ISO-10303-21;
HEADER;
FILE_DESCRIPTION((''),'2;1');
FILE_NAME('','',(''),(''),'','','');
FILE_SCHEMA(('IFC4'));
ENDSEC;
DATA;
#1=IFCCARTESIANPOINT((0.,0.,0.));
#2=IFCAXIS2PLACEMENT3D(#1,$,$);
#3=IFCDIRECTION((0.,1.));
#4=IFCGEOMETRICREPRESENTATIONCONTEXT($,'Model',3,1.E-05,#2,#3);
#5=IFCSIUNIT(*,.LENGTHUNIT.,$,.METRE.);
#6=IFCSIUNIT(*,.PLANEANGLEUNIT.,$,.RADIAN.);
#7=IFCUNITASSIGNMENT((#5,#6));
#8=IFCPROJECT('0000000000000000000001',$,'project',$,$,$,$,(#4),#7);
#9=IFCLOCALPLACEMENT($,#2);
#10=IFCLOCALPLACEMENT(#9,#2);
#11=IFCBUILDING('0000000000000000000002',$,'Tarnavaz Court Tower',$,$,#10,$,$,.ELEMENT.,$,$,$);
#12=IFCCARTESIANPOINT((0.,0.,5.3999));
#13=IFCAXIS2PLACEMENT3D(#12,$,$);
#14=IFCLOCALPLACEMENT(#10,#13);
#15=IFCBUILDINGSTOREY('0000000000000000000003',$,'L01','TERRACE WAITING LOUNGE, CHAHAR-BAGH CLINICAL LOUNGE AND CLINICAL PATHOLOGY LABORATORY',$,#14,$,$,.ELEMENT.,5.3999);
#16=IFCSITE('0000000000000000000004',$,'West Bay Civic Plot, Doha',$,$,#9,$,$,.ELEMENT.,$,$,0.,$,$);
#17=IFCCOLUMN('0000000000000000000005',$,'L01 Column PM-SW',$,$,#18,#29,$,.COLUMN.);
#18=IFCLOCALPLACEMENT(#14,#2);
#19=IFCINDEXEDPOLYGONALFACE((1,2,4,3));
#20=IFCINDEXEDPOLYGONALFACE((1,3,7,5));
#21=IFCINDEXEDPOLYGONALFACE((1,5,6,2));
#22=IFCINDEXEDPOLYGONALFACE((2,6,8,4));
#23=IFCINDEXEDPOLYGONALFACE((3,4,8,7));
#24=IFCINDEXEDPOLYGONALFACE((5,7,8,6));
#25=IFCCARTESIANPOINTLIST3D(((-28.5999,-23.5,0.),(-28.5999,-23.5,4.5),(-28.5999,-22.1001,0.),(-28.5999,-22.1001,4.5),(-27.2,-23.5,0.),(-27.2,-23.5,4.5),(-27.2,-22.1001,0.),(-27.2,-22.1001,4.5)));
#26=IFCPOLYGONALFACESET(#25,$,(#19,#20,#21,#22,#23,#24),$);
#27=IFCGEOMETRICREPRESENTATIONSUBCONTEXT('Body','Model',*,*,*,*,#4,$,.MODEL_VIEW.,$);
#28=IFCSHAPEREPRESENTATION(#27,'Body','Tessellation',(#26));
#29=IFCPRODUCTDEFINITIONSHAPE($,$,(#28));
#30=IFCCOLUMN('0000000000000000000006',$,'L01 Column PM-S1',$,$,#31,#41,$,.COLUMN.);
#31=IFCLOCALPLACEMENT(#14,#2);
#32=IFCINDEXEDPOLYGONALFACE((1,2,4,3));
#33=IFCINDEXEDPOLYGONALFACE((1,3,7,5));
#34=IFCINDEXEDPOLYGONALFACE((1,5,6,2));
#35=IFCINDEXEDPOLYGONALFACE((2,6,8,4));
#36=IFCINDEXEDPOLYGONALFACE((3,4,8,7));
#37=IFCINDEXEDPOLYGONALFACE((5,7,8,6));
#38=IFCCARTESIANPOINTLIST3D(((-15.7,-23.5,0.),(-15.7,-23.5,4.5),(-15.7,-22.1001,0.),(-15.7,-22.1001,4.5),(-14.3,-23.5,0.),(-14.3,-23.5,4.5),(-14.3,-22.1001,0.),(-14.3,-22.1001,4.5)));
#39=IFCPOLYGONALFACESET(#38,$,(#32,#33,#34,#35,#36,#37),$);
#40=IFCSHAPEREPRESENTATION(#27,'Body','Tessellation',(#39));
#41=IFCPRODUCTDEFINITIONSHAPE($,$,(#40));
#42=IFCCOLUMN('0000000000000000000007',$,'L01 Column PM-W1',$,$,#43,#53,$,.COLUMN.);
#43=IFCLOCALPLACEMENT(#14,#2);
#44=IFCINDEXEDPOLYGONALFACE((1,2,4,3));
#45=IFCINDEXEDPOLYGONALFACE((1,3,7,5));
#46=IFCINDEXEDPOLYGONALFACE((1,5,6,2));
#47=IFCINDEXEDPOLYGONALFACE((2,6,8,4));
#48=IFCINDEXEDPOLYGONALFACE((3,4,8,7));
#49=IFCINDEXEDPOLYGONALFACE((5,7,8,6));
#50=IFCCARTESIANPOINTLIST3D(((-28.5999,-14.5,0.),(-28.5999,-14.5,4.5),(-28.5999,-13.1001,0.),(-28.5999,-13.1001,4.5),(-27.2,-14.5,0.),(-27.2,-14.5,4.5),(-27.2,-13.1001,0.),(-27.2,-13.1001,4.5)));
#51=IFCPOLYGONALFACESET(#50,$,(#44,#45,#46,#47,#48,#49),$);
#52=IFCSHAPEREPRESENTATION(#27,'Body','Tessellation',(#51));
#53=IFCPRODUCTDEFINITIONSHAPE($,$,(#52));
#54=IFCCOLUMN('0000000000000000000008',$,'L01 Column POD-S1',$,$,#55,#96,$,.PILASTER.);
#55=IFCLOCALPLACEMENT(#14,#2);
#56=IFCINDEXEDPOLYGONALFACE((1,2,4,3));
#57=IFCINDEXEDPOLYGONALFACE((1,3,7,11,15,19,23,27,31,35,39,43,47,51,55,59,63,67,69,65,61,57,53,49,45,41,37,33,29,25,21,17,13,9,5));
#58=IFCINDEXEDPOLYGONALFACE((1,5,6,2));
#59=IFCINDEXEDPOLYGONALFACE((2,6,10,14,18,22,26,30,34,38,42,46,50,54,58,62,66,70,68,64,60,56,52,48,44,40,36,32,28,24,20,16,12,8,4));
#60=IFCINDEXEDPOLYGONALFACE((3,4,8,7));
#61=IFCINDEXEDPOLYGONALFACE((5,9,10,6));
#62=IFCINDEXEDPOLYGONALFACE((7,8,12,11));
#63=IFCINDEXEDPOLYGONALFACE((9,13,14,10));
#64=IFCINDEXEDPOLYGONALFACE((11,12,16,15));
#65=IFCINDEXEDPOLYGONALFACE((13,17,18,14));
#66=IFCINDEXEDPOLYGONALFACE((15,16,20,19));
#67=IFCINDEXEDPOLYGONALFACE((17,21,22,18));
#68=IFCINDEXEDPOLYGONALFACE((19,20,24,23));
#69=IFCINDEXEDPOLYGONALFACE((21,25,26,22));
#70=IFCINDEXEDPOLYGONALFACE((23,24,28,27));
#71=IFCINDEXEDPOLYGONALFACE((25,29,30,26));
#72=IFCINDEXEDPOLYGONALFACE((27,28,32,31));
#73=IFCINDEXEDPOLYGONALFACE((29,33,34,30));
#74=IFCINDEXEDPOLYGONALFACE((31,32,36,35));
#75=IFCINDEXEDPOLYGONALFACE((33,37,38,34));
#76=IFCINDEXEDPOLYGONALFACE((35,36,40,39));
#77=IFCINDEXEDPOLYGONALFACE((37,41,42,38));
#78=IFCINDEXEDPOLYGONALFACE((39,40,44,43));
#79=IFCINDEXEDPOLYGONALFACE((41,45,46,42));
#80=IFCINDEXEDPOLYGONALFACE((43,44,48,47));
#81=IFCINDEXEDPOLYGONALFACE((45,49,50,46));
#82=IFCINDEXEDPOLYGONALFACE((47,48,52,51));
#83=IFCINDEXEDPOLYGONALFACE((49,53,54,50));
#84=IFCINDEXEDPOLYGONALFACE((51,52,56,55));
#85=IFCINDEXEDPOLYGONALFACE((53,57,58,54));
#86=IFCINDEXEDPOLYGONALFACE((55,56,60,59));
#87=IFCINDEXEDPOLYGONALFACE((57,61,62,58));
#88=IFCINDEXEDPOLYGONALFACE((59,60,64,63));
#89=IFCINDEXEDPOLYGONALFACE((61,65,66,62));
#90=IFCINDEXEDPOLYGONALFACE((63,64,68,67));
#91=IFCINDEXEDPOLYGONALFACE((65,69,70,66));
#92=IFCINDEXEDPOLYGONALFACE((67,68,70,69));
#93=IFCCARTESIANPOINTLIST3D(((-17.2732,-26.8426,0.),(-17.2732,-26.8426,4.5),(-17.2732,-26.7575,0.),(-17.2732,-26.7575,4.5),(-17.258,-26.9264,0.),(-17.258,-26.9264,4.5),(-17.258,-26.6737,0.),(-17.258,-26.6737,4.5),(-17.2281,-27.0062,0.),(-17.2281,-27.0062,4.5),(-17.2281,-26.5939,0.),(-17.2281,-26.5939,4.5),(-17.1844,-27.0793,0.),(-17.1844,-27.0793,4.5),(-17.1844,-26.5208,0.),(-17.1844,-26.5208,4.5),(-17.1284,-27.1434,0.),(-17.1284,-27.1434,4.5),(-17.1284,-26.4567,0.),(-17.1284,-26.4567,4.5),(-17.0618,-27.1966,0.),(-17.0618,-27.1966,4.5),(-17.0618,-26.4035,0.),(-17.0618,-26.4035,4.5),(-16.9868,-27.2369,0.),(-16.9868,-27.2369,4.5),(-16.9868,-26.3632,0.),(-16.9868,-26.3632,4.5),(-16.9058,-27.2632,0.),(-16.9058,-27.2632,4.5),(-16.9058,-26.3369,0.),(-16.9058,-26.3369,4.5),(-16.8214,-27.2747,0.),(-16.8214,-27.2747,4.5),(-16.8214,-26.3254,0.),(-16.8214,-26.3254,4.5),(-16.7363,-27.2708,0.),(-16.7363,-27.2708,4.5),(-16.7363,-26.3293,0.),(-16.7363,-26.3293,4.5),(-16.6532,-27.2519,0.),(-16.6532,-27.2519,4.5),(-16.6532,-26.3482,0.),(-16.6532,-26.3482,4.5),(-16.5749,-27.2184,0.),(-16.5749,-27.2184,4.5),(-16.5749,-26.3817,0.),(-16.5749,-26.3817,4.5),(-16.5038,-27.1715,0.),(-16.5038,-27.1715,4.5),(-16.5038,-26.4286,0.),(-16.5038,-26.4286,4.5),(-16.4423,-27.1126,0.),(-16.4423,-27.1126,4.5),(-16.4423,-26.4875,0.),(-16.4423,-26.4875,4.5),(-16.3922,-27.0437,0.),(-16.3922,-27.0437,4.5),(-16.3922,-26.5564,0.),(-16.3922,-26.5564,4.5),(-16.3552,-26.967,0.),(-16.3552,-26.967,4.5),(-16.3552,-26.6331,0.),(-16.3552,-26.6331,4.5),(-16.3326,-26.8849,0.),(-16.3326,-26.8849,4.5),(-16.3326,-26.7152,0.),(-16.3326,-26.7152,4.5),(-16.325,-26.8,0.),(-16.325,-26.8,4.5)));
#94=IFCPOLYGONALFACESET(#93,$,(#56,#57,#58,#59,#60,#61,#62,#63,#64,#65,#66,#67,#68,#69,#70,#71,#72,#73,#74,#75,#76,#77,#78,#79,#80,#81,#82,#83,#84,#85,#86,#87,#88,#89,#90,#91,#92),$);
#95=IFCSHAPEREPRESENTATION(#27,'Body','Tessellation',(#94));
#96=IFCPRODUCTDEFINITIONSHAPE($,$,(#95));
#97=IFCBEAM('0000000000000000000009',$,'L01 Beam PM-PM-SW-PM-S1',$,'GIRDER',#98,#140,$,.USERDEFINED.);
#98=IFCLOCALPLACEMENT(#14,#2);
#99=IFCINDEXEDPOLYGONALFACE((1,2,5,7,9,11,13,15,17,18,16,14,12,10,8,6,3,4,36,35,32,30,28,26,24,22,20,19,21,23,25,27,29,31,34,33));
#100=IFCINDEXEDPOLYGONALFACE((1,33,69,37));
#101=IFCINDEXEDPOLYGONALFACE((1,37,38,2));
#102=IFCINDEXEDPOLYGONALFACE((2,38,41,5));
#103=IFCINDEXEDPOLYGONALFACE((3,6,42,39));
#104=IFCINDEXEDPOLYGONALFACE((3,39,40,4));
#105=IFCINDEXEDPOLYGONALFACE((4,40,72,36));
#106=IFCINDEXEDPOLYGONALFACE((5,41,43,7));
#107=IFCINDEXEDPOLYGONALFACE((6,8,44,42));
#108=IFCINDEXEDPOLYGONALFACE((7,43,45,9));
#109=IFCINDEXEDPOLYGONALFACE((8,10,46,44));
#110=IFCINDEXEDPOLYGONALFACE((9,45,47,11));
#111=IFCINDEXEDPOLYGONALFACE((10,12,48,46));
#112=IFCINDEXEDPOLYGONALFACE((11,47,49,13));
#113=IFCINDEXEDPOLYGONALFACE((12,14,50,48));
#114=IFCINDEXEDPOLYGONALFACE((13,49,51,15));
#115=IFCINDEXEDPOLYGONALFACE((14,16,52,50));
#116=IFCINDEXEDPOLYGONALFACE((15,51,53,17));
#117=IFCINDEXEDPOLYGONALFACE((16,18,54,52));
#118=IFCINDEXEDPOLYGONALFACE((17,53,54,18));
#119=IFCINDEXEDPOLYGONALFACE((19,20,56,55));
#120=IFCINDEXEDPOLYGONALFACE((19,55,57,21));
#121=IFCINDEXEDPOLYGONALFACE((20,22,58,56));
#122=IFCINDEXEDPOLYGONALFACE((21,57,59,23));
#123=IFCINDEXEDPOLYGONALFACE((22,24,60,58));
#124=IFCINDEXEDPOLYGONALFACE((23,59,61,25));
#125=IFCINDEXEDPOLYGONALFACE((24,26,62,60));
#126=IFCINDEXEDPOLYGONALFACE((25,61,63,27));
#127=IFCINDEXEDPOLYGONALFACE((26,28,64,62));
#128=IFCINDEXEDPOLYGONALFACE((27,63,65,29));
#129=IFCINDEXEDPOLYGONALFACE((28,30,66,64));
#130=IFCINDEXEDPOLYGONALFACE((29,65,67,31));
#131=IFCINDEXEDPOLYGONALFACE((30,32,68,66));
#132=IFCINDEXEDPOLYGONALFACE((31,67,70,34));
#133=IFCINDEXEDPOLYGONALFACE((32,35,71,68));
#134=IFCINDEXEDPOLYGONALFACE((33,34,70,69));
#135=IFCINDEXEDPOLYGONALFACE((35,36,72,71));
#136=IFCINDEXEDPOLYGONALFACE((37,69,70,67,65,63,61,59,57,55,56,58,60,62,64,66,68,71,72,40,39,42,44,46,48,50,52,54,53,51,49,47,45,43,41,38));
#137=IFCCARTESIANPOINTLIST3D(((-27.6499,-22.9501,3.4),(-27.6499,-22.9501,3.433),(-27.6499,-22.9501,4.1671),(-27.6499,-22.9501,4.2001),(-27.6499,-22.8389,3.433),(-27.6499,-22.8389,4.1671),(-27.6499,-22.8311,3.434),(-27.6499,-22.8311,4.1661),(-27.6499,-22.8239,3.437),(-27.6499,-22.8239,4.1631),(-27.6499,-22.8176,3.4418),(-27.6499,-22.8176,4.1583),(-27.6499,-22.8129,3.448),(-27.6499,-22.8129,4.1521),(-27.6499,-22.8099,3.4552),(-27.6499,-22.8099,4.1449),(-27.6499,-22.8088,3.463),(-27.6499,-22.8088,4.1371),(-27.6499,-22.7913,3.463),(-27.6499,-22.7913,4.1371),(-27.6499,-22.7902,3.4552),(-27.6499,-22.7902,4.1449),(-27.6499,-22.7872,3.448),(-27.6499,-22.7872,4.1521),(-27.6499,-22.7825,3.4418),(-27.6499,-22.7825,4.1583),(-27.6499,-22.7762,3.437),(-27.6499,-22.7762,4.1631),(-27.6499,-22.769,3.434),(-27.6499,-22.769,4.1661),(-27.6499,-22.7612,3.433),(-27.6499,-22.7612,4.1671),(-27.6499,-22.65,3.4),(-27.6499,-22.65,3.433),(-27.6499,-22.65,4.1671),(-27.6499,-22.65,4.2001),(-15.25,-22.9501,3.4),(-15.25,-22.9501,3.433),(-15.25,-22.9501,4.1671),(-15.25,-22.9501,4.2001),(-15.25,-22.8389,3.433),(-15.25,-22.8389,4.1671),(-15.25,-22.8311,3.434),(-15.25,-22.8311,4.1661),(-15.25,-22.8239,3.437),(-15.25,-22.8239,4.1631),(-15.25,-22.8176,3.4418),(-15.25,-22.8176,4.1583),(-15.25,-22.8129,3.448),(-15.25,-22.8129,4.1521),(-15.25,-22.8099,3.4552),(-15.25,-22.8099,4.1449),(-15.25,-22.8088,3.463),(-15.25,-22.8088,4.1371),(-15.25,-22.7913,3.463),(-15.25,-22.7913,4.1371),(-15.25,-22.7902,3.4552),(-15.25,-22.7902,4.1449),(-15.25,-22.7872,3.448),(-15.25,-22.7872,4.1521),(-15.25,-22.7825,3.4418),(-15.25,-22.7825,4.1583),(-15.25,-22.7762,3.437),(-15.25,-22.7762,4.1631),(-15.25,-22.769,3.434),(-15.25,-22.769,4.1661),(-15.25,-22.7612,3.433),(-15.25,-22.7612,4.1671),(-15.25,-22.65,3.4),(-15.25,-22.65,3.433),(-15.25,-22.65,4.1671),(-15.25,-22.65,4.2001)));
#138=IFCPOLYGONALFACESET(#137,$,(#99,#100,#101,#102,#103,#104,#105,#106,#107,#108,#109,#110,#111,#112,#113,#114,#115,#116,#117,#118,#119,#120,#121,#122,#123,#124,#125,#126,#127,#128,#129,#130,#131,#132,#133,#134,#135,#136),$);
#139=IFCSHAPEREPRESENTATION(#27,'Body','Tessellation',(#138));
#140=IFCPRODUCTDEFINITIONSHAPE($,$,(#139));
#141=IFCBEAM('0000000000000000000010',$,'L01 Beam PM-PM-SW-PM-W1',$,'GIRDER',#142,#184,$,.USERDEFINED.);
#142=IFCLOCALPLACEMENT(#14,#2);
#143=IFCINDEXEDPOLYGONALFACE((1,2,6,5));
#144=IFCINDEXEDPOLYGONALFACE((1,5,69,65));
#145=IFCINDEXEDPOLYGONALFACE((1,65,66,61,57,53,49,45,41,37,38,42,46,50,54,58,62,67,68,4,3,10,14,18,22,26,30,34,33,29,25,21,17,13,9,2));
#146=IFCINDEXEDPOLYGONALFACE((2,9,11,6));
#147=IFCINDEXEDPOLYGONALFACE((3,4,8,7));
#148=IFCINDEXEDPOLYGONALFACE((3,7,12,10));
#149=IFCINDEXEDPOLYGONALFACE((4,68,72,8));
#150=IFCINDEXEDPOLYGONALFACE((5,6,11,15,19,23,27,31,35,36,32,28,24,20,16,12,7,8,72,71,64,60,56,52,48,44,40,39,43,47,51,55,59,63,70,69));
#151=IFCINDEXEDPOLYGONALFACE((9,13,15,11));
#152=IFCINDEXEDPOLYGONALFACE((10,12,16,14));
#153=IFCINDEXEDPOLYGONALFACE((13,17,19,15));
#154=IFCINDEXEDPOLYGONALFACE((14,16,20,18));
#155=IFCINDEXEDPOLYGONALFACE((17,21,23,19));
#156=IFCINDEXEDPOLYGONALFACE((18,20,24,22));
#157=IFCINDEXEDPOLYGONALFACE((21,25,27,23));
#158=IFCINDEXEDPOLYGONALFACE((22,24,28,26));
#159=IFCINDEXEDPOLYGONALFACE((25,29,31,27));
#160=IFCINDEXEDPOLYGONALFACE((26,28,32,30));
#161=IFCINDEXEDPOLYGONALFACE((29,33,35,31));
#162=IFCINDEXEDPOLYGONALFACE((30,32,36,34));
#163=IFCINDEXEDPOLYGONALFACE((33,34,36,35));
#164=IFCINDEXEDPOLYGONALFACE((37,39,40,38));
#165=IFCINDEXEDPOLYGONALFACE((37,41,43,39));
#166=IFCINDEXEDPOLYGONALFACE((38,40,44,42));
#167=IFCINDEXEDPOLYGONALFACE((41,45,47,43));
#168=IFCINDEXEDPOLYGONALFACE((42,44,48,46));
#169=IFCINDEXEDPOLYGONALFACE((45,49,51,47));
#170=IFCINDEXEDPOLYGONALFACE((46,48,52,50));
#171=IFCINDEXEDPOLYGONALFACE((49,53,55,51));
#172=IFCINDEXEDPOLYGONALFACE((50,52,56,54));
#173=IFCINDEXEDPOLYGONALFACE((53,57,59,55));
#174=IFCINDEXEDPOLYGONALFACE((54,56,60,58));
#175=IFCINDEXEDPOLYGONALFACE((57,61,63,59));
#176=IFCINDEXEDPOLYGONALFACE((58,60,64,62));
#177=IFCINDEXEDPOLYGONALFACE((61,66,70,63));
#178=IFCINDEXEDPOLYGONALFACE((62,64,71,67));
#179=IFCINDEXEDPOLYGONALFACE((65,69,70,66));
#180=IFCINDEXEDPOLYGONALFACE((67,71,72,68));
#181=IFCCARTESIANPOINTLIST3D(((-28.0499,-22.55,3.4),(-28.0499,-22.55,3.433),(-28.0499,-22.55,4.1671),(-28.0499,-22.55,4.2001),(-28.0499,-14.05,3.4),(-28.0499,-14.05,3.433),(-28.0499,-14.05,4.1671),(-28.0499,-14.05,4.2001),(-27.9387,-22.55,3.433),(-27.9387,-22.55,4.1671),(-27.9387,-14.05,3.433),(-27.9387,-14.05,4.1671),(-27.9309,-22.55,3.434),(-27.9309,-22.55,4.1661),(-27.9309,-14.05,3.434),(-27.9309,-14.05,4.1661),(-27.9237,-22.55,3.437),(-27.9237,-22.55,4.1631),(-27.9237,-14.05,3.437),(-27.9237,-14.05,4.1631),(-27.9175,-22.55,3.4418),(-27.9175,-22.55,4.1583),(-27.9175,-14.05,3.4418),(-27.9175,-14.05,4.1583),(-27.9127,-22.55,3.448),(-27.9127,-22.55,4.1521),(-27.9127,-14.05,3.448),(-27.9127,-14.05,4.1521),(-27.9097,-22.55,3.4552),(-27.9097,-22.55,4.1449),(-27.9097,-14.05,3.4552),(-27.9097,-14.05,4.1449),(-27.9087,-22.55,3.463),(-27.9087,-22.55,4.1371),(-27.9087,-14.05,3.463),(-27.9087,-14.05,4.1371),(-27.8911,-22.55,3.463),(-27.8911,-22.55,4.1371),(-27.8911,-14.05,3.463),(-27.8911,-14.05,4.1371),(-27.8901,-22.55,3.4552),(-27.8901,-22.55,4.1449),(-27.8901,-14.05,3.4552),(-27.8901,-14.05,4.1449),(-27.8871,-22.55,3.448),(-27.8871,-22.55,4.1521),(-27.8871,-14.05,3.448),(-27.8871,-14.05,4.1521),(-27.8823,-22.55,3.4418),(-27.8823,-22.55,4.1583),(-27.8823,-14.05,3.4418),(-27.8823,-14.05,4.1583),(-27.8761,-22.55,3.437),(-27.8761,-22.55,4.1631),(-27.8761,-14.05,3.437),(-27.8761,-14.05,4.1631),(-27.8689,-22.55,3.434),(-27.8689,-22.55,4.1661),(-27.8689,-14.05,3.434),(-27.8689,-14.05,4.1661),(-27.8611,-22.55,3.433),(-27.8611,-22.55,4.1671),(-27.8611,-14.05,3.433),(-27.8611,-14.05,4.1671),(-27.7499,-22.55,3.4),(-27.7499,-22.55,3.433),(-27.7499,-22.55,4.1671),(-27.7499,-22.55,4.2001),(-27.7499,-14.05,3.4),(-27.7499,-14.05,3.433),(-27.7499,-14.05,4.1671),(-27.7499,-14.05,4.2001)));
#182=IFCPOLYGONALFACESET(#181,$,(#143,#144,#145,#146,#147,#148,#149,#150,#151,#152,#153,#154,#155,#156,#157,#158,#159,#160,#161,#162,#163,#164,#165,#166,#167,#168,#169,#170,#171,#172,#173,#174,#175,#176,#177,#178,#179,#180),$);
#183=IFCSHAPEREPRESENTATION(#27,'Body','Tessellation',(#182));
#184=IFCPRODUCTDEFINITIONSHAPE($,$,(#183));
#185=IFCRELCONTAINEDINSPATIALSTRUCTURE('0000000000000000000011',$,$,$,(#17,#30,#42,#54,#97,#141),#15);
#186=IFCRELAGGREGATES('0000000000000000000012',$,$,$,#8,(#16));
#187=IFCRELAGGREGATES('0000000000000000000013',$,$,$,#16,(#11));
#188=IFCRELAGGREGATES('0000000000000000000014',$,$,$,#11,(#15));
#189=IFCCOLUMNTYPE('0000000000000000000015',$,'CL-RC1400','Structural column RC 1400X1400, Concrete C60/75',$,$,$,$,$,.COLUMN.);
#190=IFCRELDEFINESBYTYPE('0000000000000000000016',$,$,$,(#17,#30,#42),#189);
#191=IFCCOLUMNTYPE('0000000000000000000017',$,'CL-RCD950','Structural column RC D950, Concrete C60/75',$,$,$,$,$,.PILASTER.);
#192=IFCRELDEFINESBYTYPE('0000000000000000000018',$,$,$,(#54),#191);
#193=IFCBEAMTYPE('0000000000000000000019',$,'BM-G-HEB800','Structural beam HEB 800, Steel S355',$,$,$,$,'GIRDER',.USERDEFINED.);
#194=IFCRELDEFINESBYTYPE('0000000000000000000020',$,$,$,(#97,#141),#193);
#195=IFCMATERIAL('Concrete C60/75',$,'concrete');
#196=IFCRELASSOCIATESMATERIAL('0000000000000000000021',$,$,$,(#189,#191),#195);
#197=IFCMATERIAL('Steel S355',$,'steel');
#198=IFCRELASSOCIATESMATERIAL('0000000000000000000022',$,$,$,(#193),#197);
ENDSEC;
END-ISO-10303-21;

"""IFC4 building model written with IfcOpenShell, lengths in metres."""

from ifc_helpers import new_model, si_unit, direction, frame, origin, origin_2d, place, context, subcontext, project, spatial, rectangle, circle, i_section, extrude, material, material_profile, profile_set, type_object, element, save


model = new_model("IFC4")

# Units and contexts
model_context = context("Model", 3, precision=1e-05, world=origin(), true_north=direction((0.0, 1.0)))
body_context = subcontext(model_context, "Body", "Model", "MODEL_VIEW")
ifc_project = project(units=[si_unit("LENGTHUNIT", "METRE"), si_unit("PLANEANGLEUNIT", "RADIAN")], contexts=[model_context])

# Site, building, storey
site_placement = place(None, origin())
site = spatial("IfcSite", under=ifc_project, at=site_placement, Name="West Bay Civic Plot, Doha", CompositionType="ELEMENT", RefElevation=0.0)
building_placement = place(site_placement, origin())
building = spatial("IfcBuilding", under=site, at=building_placement, Name="Tarnavaz Court Tower", CompositionType="ELEMENT")
storey_placement = place(building_placement, frame((0.0, 0.0, 5.3999)))
storey = spatial("IfcBuildingStorey", under=building, at=storey_placement, Name="L01", Description="TERRACE WAITING LOUNGE, CHAHAR-BAGH CLINICAL LOUNGE AND CLINICAL PATHOLOGY LABORATORY", CompositionType="ELEMENT", Elevation=5.3999)

# Columns
ifc_material_1 = material(Name="Concrete C60/75", Category="concrete")
ifc_material_profile_1 = material_profile(ifc_material_1, rectangle(XDim=1.3999, YDim=1.3999, at=origin_2d()), Name="RC 1400X1400")
ifc_profile_set_1 = profile_set([ifc_material_profile_1], Name="Concrete C60/75")
column_type_1 = type_object("IfcColumnType", Name="CL-RC1400", Description="Structural column RC 1400X1400, Concrete C60/75", PredefinedType="COLUMN", material=ifc_profile_set_1)
for number, where, z_axis, x_axis, name in (
    (1, (-27.8999, -22.8, 0.0), (0.0, 0.0, 1.0), (1.0, 0.0, 0.0), "L01 Column PM-SW"),
    (2, (-15.0, -22.8, 0.0), (0.0, 0.0, 1.0), (1.0, 0.0, 0.0), "L01 Column PM-S1"),
    (3, (-27.8999, -13.8, 0.0), (0.0, 0.0, 1.0), (1.0, 0.0, 0.0), "L01 Column PM-W1"),
):
    element("IfcColumn", number, at=place(storey_placement, frame(where, z_axis=z_axis, x_axis=x_axis)), inside=storey, type_object=column_type_1, Name=name, PredefinedType="COLUMN", context=body_context, shape_type="SweptSolid", body=[
        extrude(rectangle(XDim=1.3999, YDim=1.3999, at=origin_2d()), origin(), (0.0, 0.0, 1.0), 4.5),
    ])
ifc_material_profile_2 = material_profile(ifc_material_1, circle(Radius=0.4751, at=origin_2d()), Name="RC D950")
ifc_profile_set_2 = profile_set([ifc_material_profile_2], Name="Concrete C60/75")
column_type_2 = type_object("IfcColumnType", Name="CL-RCD950", Description="Structural column RC D950, Concrete C60/75", PredefinedType="PILASTER", material=ifc_profile_set_2)
column_placement = place(storey_placement, frame((-16.8, -26.8, 0.0), z_axis=(0.0, 0.0, 1.0), x_axis=(1.0, 0.0, 0.0)))
element("IfcColumn", 4, at=column_placement, inside=storey, type_object=column_type_2, Name="L01 Column POD-S1", PredefinedType="PILASTER", context=body_context, shape_type="SweptSolid", body=[
    extrude(circle(Radius=0.4751, at=origin_2d()), origin(), (0.0, 0.0, 1.0), 4.5),
])

# Beams
ifc_material_2 = material(Name="Steel S355", Category="steel")
ifc_material_profile_3 = material_profile(ifc_material_2, i_section(OverallWidth=0.3, OverallDepth=0.8, WebThickness=0.0176, FlangeThickness=0.033, FilletRadius=0.03, at=origin_2d()), Name="HEB 800")
ifc_profile_set_3 = profile_set([ifc_material_profile_3], Name="Steel S355")
beam_type_1 = type_object("IfcBeamType", Name="BM-G-HEB800", Description="Structural beam HEB 800, Steel S355", ElementType="GIRDER", PredefinedType="USERDEFINED", material=ifc_profile_set_3)
beam_1_placement = place(storey_placement, frame((-27.6499, -22.8, 3.8), z_axis=(1.0, 0.0, 0.0), x_axis=(0.0, 1.0, 0.0)))
element("IfcBeam", 5, at=beam_1_placement, inside=storey, type_object=beam_type_1, Name="L01 Beam PM-PM-SW-PM-S1", ObjectType="GIRDER", PredefinedType="USERDEFINED", context=body_context, shape_type="SweptSolid", body=[
    extrude(i_section(OverallWidth=0.3, OverallDepth=0.8, WebThickness=0.0176, FlangeThickness=0.033, FilletRadius=0.03, at=origin_2d()), origin(), (0.0, 0.0, 1.0), 12.3999),
])
beam_2_placement = place(storey_placement, frame((-27.8999, -22.55, 3.8), z_axis=(0.0, 1.0, 0.0), x_axis=(-1.0, 0.0, 0.0)))
element("IfcBeam", 6, at=beam_2_placement, inside=storey, type_object=beam_type_1, Name="L01 Beam PM-PM-SW-PM-W1", ObjectType="GIRDER", PredefinedType="USERDEFINED", context=body_context, shape_type="SweptSolid", body=[
    extrude(i_section(OverallWidth=0.3, OverallDepth=0.8, WebThickness=0.0176, FlangeThickness=0.033, FilletRadius=0.03, at=origin_2d()), origin(), (0.0, 0.0, 1.0), 8.5),
])

save(model, "model.ifc")
